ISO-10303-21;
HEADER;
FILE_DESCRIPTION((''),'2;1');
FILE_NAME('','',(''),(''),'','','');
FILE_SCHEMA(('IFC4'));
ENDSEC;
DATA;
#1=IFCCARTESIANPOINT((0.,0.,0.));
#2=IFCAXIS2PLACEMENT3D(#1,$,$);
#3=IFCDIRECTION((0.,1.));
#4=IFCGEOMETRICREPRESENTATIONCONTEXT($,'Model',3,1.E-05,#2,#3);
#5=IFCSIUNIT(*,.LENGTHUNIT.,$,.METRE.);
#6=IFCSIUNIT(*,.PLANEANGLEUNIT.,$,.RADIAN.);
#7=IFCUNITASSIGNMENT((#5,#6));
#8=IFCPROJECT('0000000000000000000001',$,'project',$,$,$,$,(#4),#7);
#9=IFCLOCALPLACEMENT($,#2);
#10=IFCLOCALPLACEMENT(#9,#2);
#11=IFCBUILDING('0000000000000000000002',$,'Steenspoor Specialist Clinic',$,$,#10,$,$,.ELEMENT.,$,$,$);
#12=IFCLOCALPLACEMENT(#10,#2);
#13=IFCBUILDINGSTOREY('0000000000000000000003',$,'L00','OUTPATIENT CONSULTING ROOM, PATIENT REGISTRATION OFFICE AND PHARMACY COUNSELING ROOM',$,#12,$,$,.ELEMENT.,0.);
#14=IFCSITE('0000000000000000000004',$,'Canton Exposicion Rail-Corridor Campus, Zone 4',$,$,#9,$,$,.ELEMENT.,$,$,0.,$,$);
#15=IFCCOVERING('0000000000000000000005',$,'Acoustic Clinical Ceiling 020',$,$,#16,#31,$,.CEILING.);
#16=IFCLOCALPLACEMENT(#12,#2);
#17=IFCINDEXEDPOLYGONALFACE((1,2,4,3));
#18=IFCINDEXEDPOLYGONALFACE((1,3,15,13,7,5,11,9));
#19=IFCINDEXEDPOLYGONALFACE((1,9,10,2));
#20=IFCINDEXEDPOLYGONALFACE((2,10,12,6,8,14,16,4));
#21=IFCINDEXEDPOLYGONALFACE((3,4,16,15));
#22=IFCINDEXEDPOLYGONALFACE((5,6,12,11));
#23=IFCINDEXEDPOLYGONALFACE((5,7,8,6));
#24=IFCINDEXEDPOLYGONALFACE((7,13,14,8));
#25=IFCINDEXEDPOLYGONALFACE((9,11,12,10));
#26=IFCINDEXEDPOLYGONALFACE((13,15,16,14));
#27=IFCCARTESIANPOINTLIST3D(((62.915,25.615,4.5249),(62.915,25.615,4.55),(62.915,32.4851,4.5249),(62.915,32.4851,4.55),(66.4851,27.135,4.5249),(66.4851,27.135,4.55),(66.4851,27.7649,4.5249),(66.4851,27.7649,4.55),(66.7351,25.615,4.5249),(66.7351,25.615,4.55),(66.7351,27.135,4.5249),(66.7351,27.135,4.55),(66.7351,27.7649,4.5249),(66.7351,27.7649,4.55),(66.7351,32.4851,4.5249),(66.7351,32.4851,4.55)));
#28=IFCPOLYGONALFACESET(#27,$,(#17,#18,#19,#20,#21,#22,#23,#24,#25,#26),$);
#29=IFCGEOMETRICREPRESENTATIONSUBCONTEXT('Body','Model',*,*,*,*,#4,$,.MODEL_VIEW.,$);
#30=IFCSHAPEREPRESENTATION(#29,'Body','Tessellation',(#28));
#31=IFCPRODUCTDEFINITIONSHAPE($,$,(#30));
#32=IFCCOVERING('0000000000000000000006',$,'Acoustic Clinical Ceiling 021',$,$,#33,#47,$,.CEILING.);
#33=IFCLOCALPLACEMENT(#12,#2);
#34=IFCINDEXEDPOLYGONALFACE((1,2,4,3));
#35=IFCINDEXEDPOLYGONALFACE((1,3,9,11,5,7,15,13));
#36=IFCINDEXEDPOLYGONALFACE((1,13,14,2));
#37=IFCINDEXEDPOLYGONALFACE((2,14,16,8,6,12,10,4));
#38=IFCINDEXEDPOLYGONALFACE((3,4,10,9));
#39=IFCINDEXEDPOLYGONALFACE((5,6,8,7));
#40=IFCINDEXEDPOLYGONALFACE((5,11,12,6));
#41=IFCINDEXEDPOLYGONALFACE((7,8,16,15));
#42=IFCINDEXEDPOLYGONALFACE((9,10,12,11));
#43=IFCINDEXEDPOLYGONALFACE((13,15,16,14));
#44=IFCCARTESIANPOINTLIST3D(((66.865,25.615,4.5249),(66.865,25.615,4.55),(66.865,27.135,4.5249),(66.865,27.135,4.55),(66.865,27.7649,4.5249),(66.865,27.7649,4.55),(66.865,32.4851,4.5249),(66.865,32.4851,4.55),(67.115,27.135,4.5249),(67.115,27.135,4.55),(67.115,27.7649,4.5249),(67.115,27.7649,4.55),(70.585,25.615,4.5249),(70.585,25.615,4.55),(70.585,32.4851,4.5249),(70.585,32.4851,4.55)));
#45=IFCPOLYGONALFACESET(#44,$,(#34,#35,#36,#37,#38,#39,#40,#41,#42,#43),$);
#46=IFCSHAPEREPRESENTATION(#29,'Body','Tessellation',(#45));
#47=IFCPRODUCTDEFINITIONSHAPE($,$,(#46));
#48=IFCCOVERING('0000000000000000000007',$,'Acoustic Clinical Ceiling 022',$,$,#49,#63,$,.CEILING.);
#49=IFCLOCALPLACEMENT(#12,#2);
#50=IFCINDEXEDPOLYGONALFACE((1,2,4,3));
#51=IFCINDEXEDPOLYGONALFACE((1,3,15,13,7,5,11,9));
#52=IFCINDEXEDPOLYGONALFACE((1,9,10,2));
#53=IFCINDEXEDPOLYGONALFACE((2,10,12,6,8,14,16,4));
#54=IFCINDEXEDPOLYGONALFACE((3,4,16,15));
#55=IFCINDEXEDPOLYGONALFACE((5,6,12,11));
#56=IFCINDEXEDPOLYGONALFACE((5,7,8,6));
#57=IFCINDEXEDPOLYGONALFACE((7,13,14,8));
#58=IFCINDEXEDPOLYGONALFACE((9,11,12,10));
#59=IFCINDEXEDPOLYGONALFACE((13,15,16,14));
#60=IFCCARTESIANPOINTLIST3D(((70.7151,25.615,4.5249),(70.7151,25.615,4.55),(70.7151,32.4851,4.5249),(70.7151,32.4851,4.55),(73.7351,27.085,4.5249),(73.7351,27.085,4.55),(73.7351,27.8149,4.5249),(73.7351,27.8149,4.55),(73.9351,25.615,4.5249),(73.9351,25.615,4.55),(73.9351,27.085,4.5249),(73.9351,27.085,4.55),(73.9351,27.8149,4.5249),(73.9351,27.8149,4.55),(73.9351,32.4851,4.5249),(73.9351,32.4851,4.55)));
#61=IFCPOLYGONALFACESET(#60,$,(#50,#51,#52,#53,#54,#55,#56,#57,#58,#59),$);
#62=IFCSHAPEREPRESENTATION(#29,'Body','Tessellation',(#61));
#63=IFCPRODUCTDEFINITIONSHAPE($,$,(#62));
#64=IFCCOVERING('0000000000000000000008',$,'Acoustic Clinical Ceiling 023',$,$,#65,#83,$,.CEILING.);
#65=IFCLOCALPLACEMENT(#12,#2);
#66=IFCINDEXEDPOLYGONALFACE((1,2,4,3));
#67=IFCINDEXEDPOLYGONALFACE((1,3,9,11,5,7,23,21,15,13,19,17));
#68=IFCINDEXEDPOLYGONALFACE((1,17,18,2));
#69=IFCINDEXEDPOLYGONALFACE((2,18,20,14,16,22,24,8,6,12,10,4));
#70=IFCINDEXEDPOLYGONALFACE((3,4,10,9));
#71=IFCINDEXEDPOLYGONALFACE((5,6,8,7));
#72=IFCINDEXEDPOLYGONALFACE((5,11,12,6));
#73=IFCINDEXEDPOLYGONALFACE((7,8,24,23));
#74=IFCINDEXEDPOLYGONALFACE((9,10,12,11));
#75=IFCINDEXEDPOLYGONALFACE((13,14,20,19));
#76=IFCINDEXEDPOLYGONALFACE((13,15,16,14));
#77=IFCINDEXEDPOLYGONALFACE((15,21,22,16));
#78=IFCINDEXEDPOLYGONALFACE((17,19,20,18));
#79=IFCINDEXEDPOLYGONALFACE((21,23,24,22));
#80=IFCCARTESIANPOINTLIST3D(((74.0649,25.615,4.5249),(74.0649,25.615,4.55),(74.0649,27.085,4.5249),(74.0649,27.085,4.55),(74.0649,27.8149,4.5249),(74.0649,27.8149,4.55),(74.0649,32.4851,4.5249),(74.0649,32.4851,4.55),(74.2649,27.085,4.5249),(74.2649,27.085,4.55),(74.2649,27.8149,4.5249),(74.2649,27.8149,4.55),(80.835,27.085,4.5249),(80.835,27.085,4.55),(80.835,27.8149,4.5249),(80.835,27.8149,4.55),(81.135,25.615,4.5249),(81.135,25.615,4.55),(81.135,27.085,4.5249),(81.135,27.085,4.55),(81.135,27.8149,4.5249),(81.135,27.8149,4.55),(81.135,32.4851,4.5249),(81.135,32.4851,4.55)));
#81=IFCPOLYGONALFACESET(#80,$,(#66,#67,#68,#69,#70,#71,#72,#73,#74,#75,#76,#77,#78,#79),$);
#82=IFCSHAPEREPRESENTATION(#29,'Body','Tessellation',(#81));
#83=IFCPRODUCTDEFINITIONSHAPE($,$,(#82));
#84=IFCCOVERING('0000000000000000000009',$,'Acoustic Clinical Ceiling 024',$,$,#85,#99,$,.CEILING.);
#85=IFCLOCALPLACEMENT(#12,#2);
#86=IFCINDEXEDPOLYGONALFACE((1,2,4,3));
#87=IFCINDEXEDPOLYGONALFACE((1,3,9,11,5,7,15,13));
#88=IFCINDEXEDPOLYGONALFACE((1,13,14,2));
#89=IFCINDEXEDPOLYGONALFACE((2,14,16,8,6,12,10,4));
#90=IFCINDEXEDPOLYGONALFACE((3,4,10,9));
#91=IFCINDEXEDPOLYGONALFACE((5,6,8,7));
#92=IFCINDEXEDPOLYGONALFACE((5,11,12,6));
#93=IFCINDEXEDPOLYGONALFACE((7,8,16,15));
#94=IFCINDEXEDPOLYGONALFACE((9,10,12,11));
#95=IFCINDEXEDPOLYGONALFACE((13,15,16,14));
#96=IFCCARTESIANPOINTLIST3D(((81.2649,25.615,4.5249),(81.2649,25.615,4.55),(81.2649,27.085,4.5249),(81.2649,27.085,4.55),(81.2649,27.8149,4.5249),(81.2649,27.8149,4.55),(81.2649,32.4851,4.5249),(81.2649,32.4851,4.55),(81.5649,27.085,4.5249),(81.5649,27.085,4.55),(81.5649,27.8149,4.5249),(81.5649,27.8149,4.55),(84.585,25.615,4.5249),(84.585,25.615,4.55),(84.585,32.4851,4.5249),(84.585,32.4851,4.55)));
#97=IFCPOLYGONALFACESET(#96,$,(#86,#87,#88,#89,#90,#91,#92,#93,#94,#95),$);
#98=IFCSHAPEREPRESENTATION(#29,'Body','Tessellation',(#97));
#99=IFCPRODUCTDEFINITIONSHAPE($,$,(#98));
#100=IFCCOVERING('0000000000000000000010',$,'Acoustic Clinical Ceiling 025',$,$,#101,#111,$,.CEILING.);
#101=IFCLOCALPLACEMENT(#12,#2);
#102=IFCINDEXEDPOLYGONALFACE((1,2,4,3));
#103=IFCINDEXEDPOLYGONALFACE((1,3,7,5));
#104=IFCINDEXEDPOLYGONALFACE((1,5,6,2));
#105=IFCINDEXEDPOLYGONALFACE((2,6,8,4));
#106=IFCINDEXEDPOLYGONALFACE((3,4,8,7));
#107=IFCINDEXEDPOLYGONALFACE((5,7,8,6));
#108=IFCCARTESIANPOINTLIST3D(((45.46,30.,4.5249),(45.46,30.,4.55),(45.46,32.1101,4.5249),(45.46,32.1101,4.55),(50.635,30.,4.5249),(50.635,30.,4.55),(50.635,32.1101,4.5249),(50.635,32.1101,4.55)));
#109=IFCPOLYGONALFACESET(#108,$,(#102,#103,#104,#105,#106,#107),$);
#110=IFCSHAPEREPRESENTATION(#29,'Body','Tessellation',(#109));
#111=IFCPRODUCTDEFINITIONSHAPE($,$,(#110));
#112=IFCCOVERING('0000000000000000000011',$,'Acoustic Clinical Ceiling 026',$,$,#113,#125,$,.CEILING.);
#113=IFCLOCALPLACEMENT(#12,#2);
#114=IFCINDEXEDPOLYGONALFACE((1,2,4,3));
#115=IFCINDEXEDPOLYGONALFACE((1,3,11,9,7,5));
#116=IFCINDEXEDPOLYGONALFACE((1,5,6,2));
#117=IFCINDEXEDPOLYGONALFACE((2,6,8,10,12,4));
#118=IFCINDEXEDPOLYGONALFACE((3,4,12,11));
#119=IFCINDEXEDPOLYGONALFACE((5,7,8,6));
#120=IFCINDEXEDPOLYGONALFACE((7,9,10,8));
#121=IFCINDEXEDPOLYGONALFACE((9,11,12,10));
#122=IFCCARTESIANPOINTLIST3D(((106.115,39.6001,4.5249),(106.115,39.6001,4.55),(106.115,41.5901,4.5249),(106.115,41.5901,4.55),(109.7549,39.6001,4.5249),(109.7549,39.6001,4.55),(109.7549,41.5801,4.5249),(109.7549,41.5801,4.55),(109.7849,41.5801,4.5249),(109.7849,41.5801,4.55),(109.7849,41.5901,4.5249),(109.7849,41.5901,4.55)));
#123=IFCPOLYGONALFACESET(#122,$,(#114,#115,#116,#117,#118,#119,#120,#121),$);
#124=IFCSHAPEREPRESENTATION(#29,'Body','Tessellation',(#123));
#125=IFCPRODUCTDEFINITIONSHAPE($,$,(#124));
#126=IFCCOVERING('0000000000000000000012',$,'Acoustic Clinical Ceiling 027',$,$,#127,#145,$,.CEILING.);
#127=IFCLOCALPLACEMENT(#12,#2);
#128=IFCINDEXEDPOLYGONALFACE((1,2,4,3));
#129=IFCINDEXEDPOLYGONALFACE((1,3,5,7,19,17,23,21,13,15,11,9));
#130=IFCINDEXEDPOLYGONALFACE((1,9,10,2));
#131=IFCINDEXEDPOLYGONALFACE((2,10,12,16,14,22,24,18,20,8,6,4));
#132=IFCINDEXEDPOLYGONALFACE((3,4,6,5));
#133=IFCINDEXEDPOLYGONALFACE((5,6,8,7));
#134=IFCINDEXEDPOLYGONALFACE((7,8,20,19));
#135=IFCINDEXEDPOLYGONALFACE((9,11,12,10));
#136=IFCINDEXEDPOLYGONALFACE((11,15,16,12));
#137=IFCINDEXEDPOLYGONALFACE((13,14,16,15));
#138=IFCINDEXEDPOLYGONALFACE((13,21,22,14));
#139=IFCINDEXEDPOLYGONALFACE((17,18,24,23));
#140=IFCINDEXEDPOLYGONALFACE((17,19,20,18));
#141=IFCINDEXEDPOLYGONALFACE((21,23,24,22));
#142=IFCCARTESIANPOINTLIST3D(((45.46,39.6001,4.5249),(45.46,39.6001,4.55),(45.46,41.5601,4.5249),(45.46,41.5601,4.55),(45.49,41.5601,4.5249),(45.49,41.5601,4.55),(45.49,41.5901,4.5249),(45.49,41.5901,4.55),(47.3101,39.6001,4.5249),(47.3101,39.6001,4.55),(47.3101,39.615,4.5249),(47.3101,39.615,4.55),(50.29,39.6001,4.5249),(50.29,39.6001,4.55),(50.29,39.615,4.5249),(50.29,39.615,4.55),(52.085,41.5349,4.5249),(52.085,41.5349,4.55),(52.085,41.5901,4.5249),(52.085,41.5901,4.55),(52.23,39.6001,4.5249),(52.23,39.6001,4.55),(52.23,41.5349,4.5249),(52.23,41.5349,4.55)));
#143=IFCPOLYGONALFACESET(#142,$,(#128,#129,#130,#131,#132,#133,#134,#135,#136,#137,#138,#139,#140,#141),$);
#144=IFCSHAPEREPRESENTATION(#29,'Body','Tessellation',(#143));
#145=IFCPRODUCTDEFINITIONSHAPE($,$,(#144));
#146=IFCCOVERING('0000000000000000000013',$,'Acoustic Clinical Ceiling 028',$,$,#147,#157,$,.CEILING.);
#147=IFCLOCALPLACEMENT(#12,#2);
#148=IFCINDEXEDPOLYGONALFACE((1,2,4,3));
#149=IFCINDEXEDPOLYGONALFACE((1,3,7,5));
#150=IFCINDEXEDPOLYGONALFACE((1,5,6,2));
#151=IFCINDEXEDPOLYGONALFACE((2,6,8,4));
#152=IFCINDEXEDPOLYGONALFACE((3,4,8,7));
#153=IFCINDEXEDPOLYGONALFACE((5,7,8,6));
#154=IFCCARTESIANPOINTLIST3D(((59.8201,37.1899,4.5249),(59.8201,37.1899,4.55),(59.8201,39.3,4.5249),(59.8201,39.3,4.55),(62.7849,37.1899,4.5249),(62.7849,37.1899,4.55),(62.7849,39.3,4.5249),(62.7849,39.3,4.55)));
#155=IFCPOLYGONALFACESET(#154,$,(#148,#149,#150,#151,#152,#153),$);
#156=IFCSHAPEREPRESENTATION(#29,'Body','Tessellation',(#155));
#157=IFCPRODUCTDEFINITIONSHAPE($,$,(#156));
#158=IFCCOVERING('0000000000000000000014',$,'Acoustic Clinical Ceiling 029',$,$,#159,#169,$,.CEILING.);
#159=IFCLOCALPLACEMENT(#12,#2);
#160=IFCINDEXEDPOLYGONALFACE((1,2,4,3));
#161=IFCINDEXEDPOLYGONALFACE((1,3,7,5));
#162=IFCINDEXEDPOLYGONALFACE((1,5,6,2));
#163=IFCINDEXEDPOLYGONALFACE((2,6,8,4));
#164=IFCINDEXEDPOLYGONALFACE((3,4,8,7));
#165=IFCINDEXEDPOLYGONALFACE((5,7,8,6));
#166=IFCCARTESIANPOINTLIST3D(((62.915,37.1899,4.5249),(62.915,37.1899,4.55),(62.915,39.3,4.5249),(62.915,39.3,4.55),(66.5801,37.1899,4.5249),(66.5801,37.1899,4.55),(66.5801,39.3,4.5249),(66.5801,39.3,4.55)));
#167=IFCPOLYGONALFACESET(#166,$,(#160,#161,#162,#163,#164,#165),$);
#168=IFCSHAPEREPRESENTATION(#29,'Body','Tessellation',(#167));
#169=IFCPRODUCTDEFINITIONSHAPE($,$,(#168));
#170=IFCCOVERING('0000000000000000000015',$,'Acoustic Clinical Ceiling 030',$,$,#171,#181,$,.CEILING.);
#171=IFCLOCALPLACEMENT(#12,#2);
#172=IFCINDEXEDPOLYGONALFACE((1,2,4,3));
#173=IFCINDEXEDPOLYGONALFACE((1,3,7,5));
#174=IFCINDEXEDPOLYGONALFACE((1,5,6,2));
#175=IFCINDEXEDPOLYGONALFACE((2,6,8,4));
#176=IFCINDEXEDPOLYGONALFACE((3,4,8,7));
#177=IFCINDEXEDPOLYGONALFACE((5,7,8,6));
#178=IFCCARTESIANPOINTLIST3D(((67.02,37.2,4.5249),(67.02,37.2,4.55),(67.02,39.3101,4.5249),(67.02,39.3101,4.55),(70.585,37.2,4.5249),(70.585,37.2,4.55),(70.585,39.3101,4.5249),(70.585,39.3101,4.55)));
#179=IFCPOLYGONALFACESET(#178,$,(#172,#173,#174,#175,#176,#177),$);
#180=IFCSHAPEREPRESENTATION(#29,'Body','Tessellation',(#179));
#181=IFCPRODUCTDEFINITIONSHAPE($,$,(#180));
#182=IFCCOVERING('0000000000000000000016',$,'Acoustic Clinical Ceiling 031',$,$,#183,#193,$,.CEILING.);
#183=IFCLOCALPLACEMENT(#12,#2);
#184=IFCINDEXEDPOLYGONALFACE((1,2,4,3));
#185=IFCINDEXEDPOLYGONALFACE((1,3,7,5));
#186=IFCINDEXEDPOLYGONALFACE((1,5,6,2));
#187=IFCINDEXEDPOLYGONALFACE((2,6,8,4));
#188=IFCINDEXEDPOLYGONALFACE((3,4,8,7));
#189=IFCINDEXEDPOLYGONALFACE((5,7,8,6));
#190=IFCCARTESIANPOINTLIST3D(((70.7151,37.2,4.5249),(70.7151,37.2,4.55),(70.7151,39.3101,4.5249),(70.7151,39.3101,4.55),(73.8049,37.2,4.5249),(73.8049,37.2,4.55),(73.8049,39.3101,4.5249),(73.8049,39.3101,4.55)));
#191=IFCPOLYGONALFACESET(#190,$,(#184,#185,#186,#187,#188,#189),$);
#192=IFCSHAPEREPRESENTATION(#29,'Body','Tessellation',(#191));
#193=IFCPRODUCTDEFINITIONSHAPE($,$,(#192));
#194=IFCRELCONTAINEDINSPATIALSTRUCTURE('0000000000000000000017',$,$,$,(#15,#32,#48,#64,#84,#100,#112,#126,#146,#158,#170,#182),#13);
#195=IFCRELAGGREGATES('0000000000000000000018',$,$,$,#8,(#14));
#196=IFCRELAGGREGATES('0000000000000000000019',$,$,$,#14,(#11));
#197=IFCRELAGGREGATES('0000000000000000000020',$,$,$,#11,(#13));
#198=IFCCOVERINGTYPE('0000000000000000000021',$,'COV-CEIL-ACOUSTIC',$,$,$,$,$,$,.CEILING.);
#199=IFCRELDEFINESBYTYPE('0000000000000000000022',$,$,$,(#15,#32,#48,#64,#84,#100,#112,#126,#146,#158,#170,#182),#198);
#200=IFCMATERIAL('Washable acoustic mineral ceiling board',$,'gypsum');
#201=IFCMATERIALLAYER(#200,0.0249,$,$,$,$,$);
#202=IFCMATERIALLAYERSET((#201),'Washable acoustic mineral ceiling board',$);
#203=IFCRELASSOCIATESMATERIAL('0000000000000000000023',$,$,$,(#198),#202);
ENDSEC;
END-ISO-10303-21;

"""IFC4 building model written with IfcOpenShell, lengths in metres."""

from ifc_helpers import new_model, si_unit, direction, frame, origin, place, context, subcontext, project, spatial, polyline, outline, extrude, material, layer, layer_set, type_object, element, save


model = new_model("IFC4")

# Units and contexts
model_context = context("Model", 3, precision=1e-05, world=origin(), true_north=direction((0.0, 1.0)))
body_context = subcontext(model_context, "Body", "Model", "MODEL_VIEW")
ifc_project = project(units=[si_unit("LENGTHUNIT", "METRE"), si_unit("PLANEANGLEUNIT", "RADIAN")], contexts=[model_context])

# Site, building, storey
site_placement = place(None, origin())
site = spatial("IfcSite", under=ifc_project, at=site_placement, Name="Canton Exposicion Rail-Corridor Campus, Zone 4", CompositionType="ELEMENT", RefElevation=0.0)
building_placement = place(site_placement, origin())
building = spatial("IfcBuilding", under=site, at=building_placement, Name="Steenspoor Specialist Clinic", CompositionType="ELEMENT")
storey_placement = place(building_placement, origin())
storey = spatial("IfcBuildingStorey", under=building, at=storey_placement, Name="L00", Description="OUTPATIENT CONSULTING ROOM, PATIENT REGISTRATION OFFICE AND PHARMACY COUNSELING ROOM", CompositionType="ELEMENT", Elevation=0.0)

# Coverings
ifc_material_1 = material(Name="Washable acoustic mineral ceiling board", Category="gypsum")
ifc_layer_1 = layer(ifc_material_1, 0.0249)
ifc_layer_set_1 = layer_set([ifc_layer_1], Name="Washable acoustic mineral ceiling board")
covering_type = type_object("IfcCoveringType", Name="COV-CEIL-ACOUSTIC", PredefinedType="CEILING", material=ifc_layer_set_1)
covering_1_placement = place(storey_placement, frame((0.0, 0.0, 4.5249)))
element("IfcCovering", 1, at=covering_1_placement, inside=storey, type_object=covering_type, Name="Acoustic Clinical Ceiling 020", PredefinedType="CEILING", context=body_context, shape_type="SweptSolid", body=[
    extrude(outline(polyline([(66.7351, 27.7649), (66.4851, 27.7649), (66.4851, 27.135), (66.7351, 27.135), (66.7351, 25.615), (62.915, 25.615), (62.915, 32.4851), (66.7351, 32.4851), (66.7351, 27.7649)])), origin(), (0.0, 0.0, 1.0), 0.0251),
])
covering_2_placement = place(storey_placement, frame((0.0, 0.0, 4.5249)))
element("IfcCovering", 2, at=covering_2_placement, inside=storey, type_object=covering_type, Name="Acoustic Clinical Ceiling 021", PredefinedType="CEILING", context=body_context, shape_type="SweptSolid", body=[
    extrude(outline(polyline([(70.585, 25.615), (66.865, 25.615), (66.865, 27.135), (67.115, 27.135), (67.115, 27.7649), (66.865, 27.7649), (66.865, 32.4851), (70.585, 32.4851), (70.585, 25.615)])), origin(), (0.0, 0.0, 1.0), 0.0251),
])
covering_3_placement = place(storey_placement, frame((0.0, 0.0, 4.5249)))
element("IfcCovering", 3, at=covering_3_placement, inside=storey, type_object=covering_type, Name="Acoustic Clinical Ceiling 022", PredefinedType="CEILING", context=body_context, shape_type="SweptSolid", body=[
    extrude(outline(polyline([(73.9351, 27.8149), (73.7351, 27.8149), (73.7351, 27.085), (73.9351, 27.085), (73.9351, 25.615), (70.7151, 25.615), (70.7151, 32.4851), (73.9351, 32.4851), (73.9351, 27.8149)])), origin(), (0.0, 0.0, 1.0), 0.0251),
])
covering_4_placement = place(storey_placement, frame((0.0, 0.0, 4.5249)))
element("IfcCovering", 4, at=covering_4_placement, inside=storey, type_object=covering_type, Name="Acoustic Clinical Ceiling 023", PredefinedType="CEILING", context=body_context, shape_type="SweptSolid", body=[
    extrude(outline(polyline([(81.135, 27.8149), (80.835, 27.8149), (80.835, 27.085), (81.135, 27.085), (81.135, 25.615), (74.0649, 25.615), (74.0649, 27.085), (74.2649, 27.085), (74.2649, 27.8149), (74.0649, 27.8149), (74.0649, 32.4851), (81.135, 32.4851), (81.135, 27.8149)])), origin(), (0.0, 0.0, 1.0), 0.0251),
])
covering_5_placement = place(storey_placement, frame((0.0, 0.0, 4.5249)))
element("IfcCovering", 5, at=covering_5_placement, inside=storey, type_object=covering_type, Name="Acoustic Clinical Ceiling 024", PredefinedType="CEILING", context=body_context, shape_type="SweptSolid", body=[
    extrude(outline(polyline([(84.585, 25.615), (81.2649, 25.615), (81.2649, 27.085), (81.5649, 27.085), (81.5649, 27.8149), (81.2649, 27.8149), (81.2649, 32.4851), (84.585, 32.4851), (84.585, 25.615)])), origin(), (0.0, 0.0, 1.0), 0.0251),
])
covering_6_placement = place(storey_placement, frame((0.0, 0.0, 4.5249)))
element("IfcCovering", 6, at=covering_6_placement, inside=storey, type_object=covering_type, Name="Acoustic Clinical Ceiling 025", PredefinedType="CEILING", context=body_context, shape_type="SweptSolid", body=[
    extrude(outline(polyline([(45.46, 32.1101), (50.635, 32.1101), (50.635, 30.0), (45.46, 30.0), (45.46, 32.1101)])), origin(), (0.0, 0.0, 1.0), 0.0251),
])
covering_7_placement = place(storey_placement, frame((0.0, 0.0, 4.5249)))
element("IfcCovering", 7, at=covering_7_placement, inside=storey, type_object=covering_type, Name="Acoustic Clinical Ceiling 026", PredefinedType="CEILING", context=body_context, shape_type="SweptSolid", body=[
    extrude(outline(polyline([(106.115, 41.5901), (109.7849, 41.5901), (109.7849, 41.5801), (109.7549, 41.5801), (109.7549, 39.6001), (106.115, 39.6001), (106.115, 41.5901)])), origin(), (0.0, 0.0, 1.0), 0.0251),
])
covering_8_placement = place(storey_placement, frame((0.0, 0.0, 4.5249)))
element("IfcCovering", 8, at=covering_8_placement, inside=storey, type_object=covering_type, Name="Acoustic Clinical Ceiling 027", PredefinedType="CEILING", context=body_context, shape_type="SweptSolid", body=[
    extrude(outline(polyline([(50.29, 39.615), (47.3101, 39.615), (47.3101, 39.6001), (45.46, 39.6001), (45.46, 41.5601), (45.49, 41.5601), (45.49, 41.5901), (52.085, 41.5901), (52.085, 41.5349), (52.23, 41.5349), (52.23, 39.6001), (50.29, 39.6001), (50.29, 39.615)])), origin(), (0.0, 0.0, 1.0), 0.0251),
])
covering_9_placement = place(storey_placement, frame((0.0, 0.0, 4.5249)))
element("IfcCovering", 9, at=covering_9_placement, inside=storey, type_object=covering_type, Name="Acoustic Clinical Ceiling 028", PredefinedType="CEILING", context=body_context, shape_type="SweptSolid", body=[
    extrude(outline(polyline([(62.7849, 37.1899), (59.8201, 37.1899), (59.8201, 39.3), (62.7849, 39.3), (62.7849, 37.1899)])), origin(), (0.0, 0.0, 1.0), 0.0251),
])
covering_10_placement = place(storey_placement, frame((0.0, 0.0, 4.5249)))
element("IfcCovering", 10, at=covering_10_placement, inside=storey, type_object=covering_type, Name="Acoustic Clinical Ceiling 029", PredefinedType="CEILING", context=body_context, shape_type="SweptSolid", body=[
    extrude(outline(polyline([(62.915, 39.3), (66.5801, 39.3), (66.5801, 37.1899), (62.915, 37.1899), (62.915, 39.3)])), origin(), (0.0, 0.0, 1.0), 0.0251),
])
covering_11_placement = place(storey_placement, frame((0.0, 0.0, 4.5249)))
element("IfcCovering", 11, at=covering_11_placement, inside=storey, type_object=covering_type, Name="Acoustic Clinical Ceiling 030", PredefinedType="CEILING", context=body_context, shape_type="SweptSolid", body=[
    extrude(outline(polyline([(70.585, 37.2), (67.02, 37.2), (67.02, 39.3101), (70.585, 39.3101), (70.585, 37.2)])), origin(), (0.0, 0.0, 1.0), 0.0251),
])
covering_12_placement = place(storey_placement, frame((0.0, 0.0, 4.5249)))
element("IfcCovering", 12, at=covering_12_placement, inside=storey, type_object=covering_type, Name="Acoustic Clinical Ceiling 031", PredefinedType="CEILING", context=body_context, shape_type="SweptSolid", body=[
    extrude(outline(polyline([(70.7151, 39.3101), (73.8049, 39.3101), (73.8049, 37.2), (70.7151, 37.2), (70.7151, 39.3101)])), origin(), (0.0, 0.0, 1.0), 0.0251),
])

save(model, "model.ifc")
